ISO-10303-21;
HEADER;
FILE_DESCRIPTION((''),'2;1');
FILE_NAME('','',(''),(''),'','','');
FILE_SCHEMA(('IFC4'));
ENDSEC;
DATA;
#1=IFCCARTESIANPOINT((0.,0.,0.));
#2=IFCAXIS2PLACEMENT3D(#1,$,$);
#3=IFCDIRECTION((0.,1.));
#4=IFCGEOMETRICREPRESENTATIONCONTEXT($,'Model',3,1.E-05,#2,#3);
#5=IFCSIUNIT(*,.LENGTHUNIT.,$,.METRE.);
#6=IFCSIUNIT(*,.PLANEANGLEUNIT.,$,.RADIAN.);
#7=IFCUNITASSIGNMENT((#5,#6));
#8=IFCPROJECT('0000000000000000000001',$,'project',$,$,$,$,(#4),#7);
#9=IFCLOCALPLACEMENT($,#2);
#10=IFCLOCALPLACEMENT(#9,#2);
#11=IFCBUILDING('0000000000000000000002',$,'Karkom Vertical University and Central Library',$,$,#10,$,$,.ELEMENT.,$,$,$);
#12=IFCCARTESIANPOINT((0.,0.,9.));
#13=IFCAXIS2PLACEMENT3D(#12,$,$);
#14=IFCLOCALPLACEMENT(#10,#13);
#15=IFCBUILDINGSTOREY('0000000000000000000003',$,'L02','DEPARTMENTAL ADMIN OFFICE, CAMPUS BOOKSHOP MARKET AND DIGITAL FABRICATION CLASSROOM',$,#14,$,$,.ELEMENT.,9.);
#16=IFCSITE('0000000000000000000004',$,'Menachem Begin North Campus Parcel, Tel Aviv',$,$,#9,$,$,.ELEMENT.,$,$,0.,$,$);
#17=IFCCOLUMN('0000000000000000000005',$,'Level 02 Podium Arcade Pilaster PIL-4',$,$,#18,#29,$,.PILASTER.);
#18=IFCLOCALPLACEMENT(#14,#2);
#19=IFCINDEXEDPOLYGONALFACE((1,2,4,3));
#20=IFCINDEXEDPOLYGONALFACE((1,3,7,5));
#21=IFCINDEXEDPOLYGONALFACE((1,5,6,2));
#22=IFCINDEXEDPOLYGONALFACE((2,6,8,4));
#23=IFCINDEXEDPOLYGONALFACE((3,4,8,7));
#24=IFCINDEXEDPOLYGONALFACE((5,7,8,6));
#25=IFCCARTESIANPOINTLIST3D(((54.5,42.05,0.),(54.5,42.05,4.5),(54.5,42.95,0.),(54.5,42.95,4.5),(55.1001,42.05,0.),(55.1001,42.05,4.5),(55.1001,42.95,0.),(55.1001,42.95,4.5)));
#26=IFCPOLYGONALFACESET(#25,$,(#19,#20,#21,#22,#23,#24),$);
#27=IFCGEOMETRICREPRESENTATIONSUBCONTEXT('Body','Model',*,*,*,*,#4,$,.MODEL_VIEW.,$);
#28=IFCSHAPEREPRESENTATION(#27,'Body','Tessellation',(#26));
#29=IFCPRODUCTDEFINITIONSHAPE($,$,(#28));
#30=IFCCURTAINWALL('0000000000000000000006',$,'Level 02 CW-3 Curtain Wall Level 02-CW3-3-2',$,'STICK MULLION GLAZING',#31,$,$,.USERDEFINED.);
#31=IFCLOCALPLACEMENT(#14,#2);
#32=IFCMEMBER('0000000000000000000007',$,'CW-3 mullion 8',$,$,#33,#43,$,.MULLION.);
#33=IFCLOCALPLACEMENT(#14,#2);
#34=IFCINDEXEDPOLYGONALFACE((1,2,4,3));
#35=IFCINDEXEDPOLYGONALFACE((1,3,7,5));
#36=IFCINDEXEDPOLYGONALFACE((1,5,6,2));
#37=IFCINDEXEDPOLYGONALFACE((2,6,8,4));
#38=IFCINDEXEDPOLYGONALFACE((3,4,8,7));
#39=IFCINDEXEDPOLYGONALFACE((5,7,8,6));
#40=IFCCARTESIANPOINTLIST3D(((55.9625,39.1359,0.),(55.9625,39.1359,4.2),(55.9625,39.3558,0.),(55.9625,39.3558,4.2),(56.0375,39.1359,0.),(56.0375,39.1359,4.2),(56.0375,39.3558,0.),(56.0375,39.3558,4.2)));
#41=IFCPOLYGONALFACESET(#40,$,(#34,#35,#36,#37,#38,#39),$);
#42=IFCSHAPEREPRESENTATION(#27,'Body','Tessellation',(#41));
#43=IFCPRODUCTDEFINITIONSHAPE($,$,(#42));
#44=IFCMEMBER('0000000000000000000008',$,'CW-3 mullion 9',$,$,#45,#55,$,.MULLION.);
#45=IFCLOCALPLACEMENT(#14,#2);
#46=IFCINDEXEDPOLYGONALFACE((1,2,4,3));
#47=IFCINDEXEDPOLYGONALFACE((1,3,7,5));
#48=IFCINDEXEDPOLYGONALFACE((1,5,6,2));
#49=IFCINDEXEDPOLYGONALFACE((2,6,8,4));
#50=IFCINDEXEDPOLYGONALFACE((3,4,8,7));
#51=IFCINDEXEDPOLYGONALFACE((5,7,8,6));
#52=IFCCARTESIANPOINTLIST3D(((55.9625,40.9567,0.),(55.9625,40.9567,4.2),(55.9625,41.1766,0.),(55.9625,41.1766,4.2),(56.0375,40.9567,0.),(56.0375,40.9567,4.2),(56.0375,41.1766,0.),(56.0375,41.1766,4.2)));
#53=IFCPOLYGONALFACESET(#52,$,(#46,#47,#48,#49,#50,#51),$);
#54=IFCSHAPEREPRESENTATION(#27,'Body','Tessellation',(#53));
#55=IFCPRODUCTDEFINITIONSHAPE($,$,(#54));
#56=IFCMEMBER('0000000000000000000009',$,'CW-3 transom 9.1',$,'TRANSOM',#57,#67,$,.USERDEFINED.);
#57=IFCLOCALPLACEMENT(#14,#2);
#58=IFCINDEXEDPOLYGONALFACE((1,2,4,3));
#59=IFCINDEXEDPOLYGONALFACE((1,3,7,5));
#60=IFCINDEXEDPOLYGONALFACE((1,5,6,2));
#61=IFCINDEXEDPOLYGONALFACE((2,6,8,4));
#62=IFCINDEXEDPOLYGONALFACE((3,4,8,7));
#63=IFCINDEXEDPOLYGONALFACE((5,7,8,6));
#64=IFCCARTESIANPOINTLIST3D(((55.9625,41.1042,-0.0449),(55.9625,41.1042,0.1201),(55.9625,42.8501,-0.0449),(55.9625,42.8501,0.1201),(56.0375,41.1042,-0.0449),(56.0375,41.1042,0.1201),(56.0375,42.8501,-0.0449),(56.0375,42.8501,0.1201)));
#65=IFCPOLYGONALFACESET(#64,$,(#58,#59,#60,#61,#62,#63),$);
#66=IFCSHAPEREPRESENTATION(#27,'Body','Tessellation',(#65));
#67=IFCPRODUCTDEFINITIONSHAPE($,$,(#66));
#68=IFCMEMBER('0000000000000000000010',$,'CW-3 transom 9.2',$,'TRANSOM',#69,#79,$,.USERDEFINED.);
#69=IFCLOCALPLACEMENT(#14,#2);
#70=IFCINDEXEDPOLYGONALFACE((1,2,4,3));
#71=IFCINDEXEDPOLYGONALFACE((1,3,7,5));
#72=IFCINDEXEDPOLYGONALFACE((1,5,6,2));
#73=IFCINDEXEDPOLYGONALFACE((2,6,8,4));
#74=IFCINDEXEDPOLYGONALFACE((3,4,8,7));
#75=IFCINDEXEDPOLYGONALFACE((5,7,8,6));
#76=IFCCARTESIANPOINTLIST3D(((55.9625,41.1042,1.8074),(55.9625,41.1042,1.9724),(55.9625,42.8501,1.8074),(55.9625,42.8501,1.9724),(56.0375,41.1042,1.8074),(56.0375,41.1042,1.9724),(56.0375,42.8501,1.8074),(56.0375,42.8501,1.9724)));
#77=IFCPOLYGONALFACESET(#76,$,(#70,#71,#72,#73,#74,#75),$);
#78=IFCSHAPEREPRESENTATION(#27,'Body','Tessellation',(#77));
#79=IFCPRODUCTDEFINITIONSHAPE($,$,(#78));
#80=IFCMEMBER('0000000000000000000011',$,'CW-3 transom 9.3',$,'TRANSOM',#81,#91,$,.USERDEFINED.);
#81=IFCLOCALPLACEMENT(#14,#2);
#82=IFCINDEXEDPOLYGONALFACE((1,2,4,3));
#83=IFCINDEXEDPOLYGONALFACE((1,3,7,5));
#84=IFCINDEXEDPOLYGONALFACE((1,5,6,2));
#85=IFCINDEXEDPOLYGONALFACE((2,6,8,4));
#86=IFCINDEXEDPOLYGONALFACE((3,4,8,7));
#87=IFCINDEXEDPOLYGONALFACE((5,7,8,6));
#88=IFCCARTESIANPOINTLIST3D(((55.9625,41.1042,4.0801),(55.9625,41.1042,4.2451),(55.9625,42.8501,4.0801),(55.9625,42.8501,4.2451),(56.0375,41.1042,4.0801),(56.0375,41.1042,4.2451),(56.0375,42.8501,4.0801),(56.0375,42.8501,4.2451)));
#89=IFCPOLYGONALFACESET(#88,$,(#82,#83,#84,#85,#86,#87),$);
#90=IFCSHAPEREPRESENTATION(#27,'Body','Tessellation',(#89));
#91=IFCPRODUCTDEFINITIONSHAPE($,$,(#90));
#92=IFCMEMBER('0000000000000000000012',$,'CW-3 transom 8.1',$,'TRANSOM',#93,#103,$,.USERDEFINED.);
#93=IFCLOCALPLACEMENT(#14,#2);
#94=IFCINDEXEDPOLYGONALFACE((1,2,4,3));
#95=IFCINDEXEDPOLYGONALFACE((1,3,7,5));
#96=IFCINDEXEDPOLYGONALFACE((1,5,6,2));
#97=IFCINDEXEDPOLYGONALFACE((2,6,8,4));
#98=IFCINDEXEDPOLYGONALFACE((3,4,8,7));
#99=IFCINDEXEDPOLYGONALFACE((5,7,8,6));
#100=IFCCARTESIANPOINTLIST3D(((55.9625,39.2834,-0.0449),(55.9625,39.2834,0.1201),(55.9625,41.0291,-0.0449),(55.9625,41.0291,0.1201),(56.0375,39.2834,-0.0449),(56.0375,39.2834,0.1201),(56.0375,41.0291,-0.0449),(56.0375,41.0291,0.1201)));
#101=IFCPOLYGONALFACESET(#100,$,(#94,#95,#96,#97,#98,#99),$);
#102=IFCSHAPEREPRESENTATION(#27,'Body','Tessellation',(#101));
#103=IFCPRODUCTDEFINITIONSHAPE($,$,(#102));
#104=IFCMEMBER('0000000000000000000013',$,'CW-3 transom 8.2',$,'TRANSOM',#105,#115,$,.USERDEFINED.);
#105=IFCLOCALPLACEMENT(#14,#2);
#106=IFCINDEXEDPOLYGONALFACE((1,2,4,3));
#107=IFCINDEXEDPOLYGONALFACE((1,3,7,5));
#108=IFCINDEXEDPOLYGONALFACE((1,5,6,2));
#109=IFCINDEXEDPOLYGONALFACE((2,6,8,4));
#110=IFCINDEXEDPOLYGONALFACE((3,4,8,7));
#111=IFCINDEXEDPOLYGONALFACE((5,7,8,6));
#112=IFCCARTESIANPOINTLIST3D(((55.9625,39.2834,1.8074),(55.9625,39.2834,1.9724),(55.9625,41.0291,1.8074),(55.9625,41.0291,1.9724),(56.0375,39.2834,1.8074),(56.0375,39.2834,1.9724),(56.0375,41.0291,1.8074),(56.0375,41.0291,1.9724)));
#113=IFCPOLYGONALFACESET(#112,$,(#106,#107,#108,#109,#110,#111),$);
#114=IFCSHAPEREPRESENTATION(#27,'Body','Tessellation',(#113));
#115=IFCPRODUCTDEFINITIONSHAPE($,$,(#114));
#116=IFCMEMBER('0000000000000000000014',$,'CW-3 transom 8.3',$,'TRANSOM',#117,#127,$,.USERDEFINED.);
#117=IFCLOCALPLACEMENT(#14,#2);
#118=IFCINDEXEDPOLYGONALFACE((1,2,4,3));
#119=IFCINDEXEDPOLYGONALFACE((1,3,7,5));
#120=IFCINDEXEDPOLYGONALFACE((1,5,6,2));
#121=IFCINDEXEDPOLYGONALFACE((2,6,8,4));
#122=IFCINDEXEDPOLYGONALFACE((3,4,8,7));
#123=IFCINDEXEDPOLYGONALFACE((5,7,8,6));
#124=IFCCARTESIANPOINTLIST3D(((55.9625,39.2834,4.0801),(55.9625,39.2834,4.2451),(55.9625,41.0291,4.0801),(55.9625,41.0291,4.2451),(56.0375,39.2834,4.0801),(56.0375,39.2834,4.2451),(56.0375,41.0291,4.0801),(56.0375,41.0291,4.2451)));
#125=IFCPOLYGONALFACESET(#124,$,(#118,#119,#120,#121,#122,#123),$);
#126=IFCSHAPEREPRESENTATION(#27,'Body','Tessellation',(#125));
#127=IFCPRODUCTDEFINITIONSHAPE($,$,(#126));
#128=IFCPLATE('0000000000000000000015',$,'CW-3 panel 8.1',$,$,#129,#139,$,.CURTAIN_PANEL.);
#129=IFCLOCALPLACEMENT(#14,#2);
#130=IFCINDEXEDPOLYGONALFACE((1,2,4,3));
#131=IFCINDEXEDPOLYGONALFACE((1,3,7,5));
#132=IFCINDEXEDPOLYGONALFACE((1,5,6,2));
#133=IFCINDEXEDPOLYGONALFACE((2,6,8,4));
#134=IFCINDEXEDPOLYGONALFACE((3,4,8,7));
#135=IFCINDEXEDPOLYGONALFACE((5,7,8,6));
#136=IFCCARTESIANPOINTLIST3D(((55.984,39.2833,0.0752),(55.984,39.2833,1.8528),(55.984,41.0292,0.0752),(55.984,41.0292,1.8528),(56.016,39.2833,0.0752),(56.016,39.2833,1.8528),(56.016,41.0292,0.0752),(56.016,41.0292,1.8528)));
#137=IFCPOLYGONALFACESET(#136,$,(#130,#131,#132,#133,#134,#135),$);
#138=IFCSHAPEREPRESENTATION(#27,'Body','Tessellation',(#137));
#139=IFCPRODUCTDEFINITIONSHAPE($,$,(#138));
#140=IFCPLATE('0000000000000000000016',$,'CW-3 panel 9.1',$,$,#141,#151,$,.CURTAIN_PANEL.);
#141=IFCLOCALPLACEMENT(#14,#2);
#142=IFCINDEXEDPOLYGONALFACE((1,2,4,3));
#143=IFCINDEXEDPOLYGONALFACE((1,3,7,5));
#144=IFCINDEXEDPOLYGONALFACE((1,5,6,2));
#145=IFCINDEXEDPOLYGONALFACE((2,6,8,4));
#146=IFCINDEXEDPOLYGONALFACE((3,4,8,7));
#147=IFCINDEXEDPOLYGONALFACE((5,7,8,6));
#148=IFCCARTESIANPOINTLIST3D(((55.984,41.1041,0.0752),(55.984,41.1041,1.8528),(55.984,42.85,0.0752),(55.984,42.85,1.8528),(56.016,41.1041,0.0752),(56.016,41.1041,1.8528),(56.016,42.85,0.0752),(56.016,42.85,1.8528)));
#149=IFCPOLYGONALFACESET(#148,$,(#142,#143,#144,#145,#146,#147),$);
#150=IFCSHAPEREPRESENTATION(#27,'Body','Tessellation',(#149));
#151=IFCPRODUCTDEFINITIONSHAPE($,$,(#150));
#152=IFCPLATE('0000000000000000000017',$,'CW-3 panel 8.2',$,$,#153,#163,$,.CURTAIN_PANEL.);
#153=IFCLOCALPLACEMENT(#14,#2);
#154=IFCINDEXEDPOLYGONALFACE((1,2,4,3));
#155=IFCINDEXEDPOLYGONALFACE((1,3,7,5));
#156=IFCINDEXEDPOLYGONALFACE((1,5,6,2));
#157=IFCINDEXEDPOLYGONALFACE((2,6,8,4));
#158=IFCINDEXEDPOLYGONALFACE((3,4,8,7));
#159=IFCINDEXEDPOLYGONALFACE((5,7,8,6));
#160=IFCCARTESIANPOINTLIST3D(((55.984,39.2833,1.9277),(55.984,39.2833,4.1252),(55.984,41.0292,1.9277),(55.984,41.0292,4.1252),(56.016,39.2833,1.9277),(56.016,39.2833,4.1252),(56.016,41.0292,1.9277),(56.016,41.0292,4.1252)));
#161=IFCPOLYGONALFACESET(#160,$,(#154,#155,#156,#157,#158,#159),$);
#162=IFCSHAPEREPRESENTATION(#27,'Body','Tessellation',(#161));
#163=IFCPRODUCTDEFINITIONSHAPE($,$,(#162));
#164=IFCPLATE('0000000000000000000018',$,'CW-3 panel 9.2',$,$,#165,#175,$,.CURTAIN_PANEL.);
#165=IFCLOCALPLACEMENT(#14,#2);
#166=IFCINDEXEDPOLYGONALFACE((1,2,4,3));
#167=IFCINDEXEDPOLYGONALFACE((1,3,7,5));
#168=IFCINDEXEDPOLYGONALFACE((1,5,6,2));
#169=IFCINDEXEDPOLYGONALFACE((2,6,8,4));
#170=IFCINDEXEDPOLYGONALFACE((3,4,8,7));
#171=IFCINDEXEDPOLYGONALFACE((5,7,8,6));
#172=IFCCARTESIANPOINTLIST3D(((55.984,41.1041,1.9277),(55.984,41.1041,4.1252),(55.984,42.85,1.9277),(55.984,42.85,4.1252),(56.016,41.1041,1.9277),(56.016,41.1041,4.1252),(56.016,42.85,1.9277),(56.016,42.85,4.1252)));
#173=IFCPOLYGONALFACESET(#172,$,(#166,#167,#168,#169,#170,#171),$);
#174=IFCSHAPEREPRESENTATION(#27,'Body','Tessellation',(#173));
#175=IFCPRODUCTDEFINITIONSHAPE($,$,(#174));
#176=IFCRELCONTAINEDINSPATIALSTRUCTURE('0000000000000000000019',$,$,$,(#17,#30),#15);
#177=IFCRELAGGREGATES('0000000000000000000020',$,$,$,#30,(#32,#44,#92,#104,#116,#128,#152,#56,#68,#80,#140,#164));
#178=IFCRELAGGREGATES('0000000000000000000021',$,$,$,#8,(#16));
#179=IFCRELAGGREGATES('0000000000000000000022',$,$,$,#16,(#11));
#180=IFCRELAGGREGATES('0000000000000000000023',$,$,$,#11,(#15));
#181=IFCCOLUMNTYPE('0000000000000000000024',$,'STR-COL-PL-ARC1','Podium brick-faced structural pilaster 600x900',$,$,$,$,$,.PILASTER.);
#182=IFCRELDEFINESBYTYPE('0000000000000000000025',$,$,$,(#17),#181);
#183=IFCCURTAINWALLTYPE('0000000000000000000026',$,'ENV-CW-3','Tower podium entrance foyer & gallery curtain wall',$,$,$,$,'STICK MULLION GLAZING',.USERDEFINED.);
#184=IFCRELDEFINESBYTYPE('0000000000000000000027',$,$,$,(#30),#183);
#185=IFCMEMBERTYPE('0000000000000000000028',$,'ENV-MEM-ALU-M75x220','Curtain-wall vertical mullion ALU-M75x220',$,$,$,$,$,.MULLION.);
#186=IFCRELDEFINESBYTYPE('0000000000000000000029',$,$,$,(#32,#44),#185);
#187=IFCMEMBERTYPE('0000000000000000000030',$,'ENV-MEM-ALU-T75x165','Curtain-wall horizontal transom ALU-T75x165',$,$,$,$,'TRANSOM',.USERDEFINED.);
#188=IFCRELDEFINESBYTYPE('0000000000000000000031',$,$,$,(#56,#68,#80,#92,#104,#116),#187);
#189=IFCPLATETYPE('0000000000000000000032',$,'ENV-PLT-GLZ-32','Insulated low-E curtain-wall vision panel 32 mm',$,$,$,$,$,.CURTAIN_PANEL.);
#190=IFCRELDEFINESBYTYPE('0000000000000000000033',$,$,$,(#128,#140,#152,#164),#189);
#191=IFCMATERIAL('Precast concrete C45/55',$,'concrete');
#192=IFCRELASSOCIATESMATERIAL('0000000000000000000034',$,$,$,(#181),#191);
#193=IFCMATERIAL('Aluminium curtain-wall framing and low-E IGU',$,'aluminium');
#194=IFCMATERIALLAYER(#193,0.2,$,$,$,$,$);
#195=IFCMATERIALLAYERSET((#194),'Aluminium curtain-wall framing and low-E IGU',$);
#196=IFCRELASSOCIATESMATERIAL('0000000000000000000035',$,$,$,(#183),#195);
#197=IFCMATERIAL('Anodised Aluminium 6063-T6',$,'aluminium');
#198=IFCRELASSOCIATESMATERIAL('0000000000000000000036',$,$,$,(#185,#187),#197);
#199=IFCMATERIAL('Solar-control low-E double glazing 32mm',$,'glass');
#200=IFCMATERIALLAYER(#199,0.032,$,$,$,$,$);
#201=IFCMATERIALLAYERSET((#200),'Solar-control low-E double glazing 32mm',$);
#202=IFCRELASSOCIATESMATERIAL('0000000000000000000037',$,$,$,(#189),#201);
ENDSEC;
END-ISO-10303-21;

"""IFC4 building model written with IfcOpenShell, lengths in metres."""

from ifc_helpers import new_model, si_unit, direction, frame, origin, origin_with_axes, origin_2d, place, context, subcontext, project, spatial, rectangle, extrude, source, transform, mapped, material, layer, layer_set, material_profile, profile_set, type_object, element, aggregate, save


model = new_model("IFC4")

# Units and contexts
model_context = context("Model", 3, precision=1e-05, world=origin(), true_north=direction((0.0, 1.0)))
body_context = subcontext(model_context, "Body", "Model", "MODEL_VIEW")
ifc_project = project(units=[si_unit("LENGTHUNIT", "METRE"), si_unit("PLANEANGLEUNIT", "RADIAN")], contexts=[model_context])

# Site, building, storey
site_placement = place(None, origin())
site = spatial("IfcSite", under=ifc_project, at=site_placement, Name="Menachem Begin North Campus Parcel, Tel Aviv", CompositionType="ELEMENT", RefElevation=0.0)
building_placement = place(site_placement, origin())
building = spatial("IfcBuilding", under=site, at=building_placement, Name="Karkom Vertical University and Central Library", CompositionType="ELEMENT")
storey_placement = place(building_placement, frame((0.0, 0.0, 9.0)))
storey = spatial("IfcBuildingStorey", under=building, at=storey_placement, Name="L02", Description="DEPARTMENTAL ADMIN OFFICE, CAMPUS BOOKSHOP MARKET AND DIGITAL FABRICATION CLASSROOM", CompositionType="ELEMENT", Elevation=9.0)

# Column
ifc_material_1 = material(Name="Precast concrete C45/55", Category="concrete")
ifc_material_profile_1 = material_profile(ifc_material_1, rectangle(XDim=0.6001, YDim=0.8999, at=origin_2d()), Name="PIL-600x900")
ifc_profile_set_1 = profile_set([ifc_material_profile_1], Name="Precast concrete C45/55")
column_type = type_object("IfcColumnType", Name="STR-COL-PL-ARC1", Description="Podium brick-faced structural pilaster 600x900", PredefinedType="PILASTER", material=ifc_profile_set_1)
shared_shape_1 = source(origin_with_axes(), body_context, "Body", "SweptSolid", [
    extrude(rectangle(XDim=0.6001, YDim=0.8999, at=origin_2d()), origin(), (0.0, 0.0, 1.0), 4.5),
])
column_placement = place(storey_placement, frame((54.8, 42.5, 0.0), z_axis=(0.0, 0.0, 1.0), x_axis=(1.0, 0.0, 0.0)))
element("IfcColumn", 1, at=column_placement, inside=storey, type_object=column_type, Name="Level 02 Podium Arcade Pilaster PIL-4", PredefinedType="PILASTER", context=body_context, shape_type="MappedRepresentation", body=[
    mapped(shared_shape_1, transform((0.0, 0.0, 0.0), scale=1.0)),
])

# Curtain wall, members, plates
ifc_material_2 = material(Name="Aluminium curtain-wall framing and low-E IGU", Category="aluminium")
ifc_layer_1 = layer(ifc_material_2, 0.2)
ifc_layer_set_1 = layer_set([ifc_layer_1], Name="Aluminium curtain-wall framing and low-E IGU")
curtain_wall_type = type_object("IfcCurtainWallType", Name="ENV-CW-3", Description="Tower podium entrance foyer & gallery curtain wall", ElementType="STICK MULLION GLAZING", PredefinedType="USERDEFINED", material=ifc_layer_set_1)
curtain_wall_placement = place(storey_placement, origin())
curtain_wall = element("IfcCurtainWall", 2, at=curtain_wall_placement, inside=storey, type_object=curtain_wall_type, Name="Level 02 CW-3 Curtain Wall Level 02-CW3-3-2", ObjectType="STICK MULLION GLAZING", PredefinedType="USERDEFINED")
ifc_material_3 = material(Name="Anodised Aluminium 6063-T6", Category="aluminium")
ifc_material_profile_2 = material_profile(ifc_material_3, rectangle(XDim=0.075, YDim=0.22, at=origin_2d()), Name="ALU-M75x220")
ifc_profile_set_2 = profile_set([ifc_material_profile_2], Name="Anodised Aluminium 6063-T6")
member_type_1 = type_object("IfcMemberType", Name="ENV-MEM-ALU-M75x220", Description="Curtain-wall vertical mullion ALU-M75x220", PredefinedType="MULLION", material=ifc_profile_set_2)
shared_shape_2 = source(origin_with_axes(), body_context, "Body", "SweptSolid", [
    extrude(rectangle(XDim=0.075, YDim=0.22, at=origin_2d()), origin(), (0.0, 0.0, 1.0), 4.2),
])
member_1_placement = place(storey_placement, frame((56.0, 39.2458, 0.0), z_axis=(0.0, 0.0, 1.0), x_axis=(-1.0, 0.0, 0.0)))
member_1 = element("IfcMember", 3, at=member_1_placement, type_object=member_type_1, Name="CW-3 mullion 8", PredefinedType="MULLION", context=body_context, shape_type="MappedRepresentation", body=[
    mapped(shared_shape_2, transform((0.0, 0.0, 0.0), scale=1.0)),
])
member_2_placement = place(storey_placement, frame((56.0, 41.0667, 0.0), z_axis=(0.0, 0.0, 1.0), x_axis=(-1.0, 0.0, 0.0)))
member_2 = element("IfcMember", 4, at=member_2_placement, type_object=member_type_1, Name="CW-3 mullion 9", PredefinedType="MULLION", context=body_context, shape_type="MappedRepresentation", body=[
    mapped(shared_shape_2, transform((0.0, 0.0, 0.0), scale=1.0)),
])
ifc_material_profile_3 = material_profile(ifc_material_3, rectangle(XDim=0.075, YDim=0.165, at=origin_2d()), Name="ALU-T75x165")
ifc_profile_set_3 = profile_set([ifc_material_profile_3], Name="Anodised Aluminium 6063-T6")
member_type_2 = type_object("IfcMemberType", Name="ENV-MEM-ALU-T75x165", Description="Curtain-wall horizontal transom ALU-T75x165", ElementType="TRANSOM", PredefinedType="USERDEFINED", material=ifc_profile_set_3)
shared_shape_3 = source(origin_with_axes(), body_context, "Body", "SweptSolid", [
    extrude(rectangle(XDim=0.075, YDim=0.165, at=origin_2d()), origin(), (0.0, 0.0, 1.0), 1.7458),
])
member_3_placement = place(storey_placement, frame((56.0, 41.1042, 0.0376), z_axis=(0.0, 1.0, 0.0), x_axis=(-1.0, 0.0, 0.0)))
member_3 = element("IfcMember", 5, at=member_3_placement, type_object=member_type_2, Name="CW-3 transom 9.1", ObjectType="TRANSOM", PredefinedType="USERDEFINED", context=body_context, shape_type="MappedRepresentation", body=[
    mapped(shared_shape_3, transform((0.0, 0.0, 0.0), scale=1.0)),
])
member_4_placement = place(storey_placement, frame((56.0, 41.1042, 1.8899), z_axis=(0.0, 1.0, 0.0), x_axis=(-1.0, 0.0, 0.0)))
member_4 = element("IfcMember", 6, at=member_4_placement, type_object=member_type_2, Name="CW-3 transom 9.2", ObjectType="TRANSOM", PredefinedType="USERDEFINED", context=body_context, shape_type="MappedRepresentation", body=[
    mapped(shared_shape_3, transform((0.0, 0.0, 0.0), scale=1.0)),
])
member_5_placement = place(storey_placement, frame((56.0, 41.1042, 4.1626), z_axis=(0.0, 1.0, 0.0), x_axis=(-1.0, 0.0, 0.0)))
member_5 = element("IfcMember", 7, at=member_5_placement, type_object=member_type_2, Name="CW-3 transom 9.3", ObjectType="TRANSOM", PredefinedType="USERDEFINED", context=body_context, shape_type="MappedRepresentation", body=[
    mapped(shared_shape_3, transform((0.0, 0.0, 0.0), scale=1.0)),
])
shared_shape_4 = source(origin_with_axes(), body_context, "Body", "SweptSolid", [
    extrude(rectangle(XDim=0.075, YDim=0.165, at=origin_2d()), origin(), (0.0, 0.0, 1.0), 1.7456),
])
member_6_placement = place(storey_placement, frame((56.0, 39.2834, 0.0376), z_axis=(0.0, 1.0, 0.0), x_axis=(-1.0, 0.0, 0.0)))
member_6 = element("IfcMember", 8, at=member_6_placement, type_object=member_type_2, Name="CW-3 transom 8.1", ObjectType="TRANSOM", PredefinedType="USERDEFINED", context=body_context, shape_type="MappedRepresentation", body=[
    mapped(shared_shape_4, transform((0.0, 0.0, 0.0), scale=1.0)),
])
member_7_placement = place(storey_placement, frame((56.0, 39.2834, 1.8899), z_axis=(0.0, 1.0, 0.0), x_axis=(-1.0, 0.0, 0.0)))
member_7 = element("IfcMember", 9, at=member_7_placement, type_object=member_type_2, Name="CW-3 transom 8.2", ObjectType="TRANSOM", PredefinedType="USERDEFINED", context=body_context, shape_type="MappedRepresentation", body=[
    mapped(shared_shape_4, transform((0.0, 0.0, 0.0), scale=1.0)),
])
member_8_placement = place(storey_placement, frame((56.0, 39.2834, 4.1626), z_axis=(0.0, 1.0, 0.0), x_axis=(-1.0, 0.0, 0.0)))
member_8 = element("IfcMember", 10, at=member_8_placement, type_object=member_type_2, Name="CW-3 transom 8.3", ObjectType="TRANSOM", PredefinedType="USERDEFINED", context=body_context, shape_type="MappedRepresentation", body=[
    mapped(shared_shape_4, transform((0.0, 0.0, 0.0), scale=1.0)),
])
ifc_material_4 = material(Name="Solar-control low-E double glazing 32mm", Category="glass")
ifc_layer_2 = layer(ifc_material_4, 0.032)
ifc_layer_set_2 = layer_set([ifc_layer_2], Name="Solar-control low-E double glazing 32mm")
plate_type = type_object("IfcPlateType", Name="ENV-PLT-GLZ-32", Description="Insulated low-E curtain-wall vision panel 32 mm", PredefinedType="CURTAIN_PANEL", material=ifc_layer_set_2)
shared_shape_5 = source(origin_with_axes(), body_context, "Body", "SweptSolid", [
    extrude(rectangle(XDim=1.7458, YDim=0.032, at=origin_2d()), origin(), (0.0, 0.0, 1.0), 1.7776),
])
plate_1_placement = place(storey_placement, frame((56.0, 40.1562, 0.0752), z_axis=(0.0, 0.0, 1.0), x_axis=(0.0, 1.0, 0.0)))
plate_1 = element("IfcPlate", 11, at=plate_1_placement, type_object=plate_type, Name="CW-3 panel 8.1", PredefinedType="CURTAIN_PANEL", context=body_context, shape_type="MappedRepresentation", body=[
    mapped(shared_shape_5, transform((0.0, 0.0, 0.0), scale=1.0)),
])
plate_2_placement = place(storey_placement, frame((56.0, 41.9771, 0.0752), z_axis=(0.0, 0.0, 1.0), x_axis=(0.0, 1.0, 0.0)))
plate_2 = element("IfcPlate", 12, at=plate_2_placement, type_object=plate_type, Name="CW-3 panel 9.1", PredefinedType="CURTAIN_PANEL", context=body_context, shape_type="MappedRepresentation", body=[
    mapped(shared_shape_5, transform((0.0, 0.0, 0.0), scale=1.0)),
])
shared_shape_6 = source(origin_with_axes(), body_context, "Body", "SweptSolid", [
    extrude(rectangle(XDim=1.7458, YDim=0.032, at=origin_2d()), origin(), (0.0, 0.0, 1.0), 2.1975),
])
plate_3_placement = place(storey_placement, frame((56.0, 40.1562, 1.9277), z_axis=(0.0, 0.0, 1.0), x_axis=(0.0, 1.0, 0.0)))
plate_3 = element("IfcPlate", 13, at=plate_3_placement, type_object=plate_type, Name="CW-3 panel 8.2", PredefinedType="CURTAIN_PANEL", context=body_context, shape_type="MappedRepresentation", body=[
    mapped(shared_shape_6, transform((0.0, 0.0, 0.0), scale=1.0)),
])
plate_4_placement = place(storey_placement, frame((56.0, 41.9771, 1.9277), z_axis=(0.0, 0.0, 1.0), x_axis=(0.0, 1.0, 0.0)))
plate_4 = element("IfcPlate", 14, at=plate_4_placement, type_object=plate_type, Name="CW-3 panel 9.2", PredefinedType="CURTAIN_PANEL", context=body_context, shape_type="MappedRepresentation", body=[
    mapped(shared_shape_6, transform((0.0, 0.0, 0.0), scale=1.0)),
])
aggregate(curtain_wall, [member_1, member_2, member_6, member_7, member_8, plate_1, plate_3, member_3, member_4, member_5, plate_2, plate_4])

save(model, "model.ifc")
